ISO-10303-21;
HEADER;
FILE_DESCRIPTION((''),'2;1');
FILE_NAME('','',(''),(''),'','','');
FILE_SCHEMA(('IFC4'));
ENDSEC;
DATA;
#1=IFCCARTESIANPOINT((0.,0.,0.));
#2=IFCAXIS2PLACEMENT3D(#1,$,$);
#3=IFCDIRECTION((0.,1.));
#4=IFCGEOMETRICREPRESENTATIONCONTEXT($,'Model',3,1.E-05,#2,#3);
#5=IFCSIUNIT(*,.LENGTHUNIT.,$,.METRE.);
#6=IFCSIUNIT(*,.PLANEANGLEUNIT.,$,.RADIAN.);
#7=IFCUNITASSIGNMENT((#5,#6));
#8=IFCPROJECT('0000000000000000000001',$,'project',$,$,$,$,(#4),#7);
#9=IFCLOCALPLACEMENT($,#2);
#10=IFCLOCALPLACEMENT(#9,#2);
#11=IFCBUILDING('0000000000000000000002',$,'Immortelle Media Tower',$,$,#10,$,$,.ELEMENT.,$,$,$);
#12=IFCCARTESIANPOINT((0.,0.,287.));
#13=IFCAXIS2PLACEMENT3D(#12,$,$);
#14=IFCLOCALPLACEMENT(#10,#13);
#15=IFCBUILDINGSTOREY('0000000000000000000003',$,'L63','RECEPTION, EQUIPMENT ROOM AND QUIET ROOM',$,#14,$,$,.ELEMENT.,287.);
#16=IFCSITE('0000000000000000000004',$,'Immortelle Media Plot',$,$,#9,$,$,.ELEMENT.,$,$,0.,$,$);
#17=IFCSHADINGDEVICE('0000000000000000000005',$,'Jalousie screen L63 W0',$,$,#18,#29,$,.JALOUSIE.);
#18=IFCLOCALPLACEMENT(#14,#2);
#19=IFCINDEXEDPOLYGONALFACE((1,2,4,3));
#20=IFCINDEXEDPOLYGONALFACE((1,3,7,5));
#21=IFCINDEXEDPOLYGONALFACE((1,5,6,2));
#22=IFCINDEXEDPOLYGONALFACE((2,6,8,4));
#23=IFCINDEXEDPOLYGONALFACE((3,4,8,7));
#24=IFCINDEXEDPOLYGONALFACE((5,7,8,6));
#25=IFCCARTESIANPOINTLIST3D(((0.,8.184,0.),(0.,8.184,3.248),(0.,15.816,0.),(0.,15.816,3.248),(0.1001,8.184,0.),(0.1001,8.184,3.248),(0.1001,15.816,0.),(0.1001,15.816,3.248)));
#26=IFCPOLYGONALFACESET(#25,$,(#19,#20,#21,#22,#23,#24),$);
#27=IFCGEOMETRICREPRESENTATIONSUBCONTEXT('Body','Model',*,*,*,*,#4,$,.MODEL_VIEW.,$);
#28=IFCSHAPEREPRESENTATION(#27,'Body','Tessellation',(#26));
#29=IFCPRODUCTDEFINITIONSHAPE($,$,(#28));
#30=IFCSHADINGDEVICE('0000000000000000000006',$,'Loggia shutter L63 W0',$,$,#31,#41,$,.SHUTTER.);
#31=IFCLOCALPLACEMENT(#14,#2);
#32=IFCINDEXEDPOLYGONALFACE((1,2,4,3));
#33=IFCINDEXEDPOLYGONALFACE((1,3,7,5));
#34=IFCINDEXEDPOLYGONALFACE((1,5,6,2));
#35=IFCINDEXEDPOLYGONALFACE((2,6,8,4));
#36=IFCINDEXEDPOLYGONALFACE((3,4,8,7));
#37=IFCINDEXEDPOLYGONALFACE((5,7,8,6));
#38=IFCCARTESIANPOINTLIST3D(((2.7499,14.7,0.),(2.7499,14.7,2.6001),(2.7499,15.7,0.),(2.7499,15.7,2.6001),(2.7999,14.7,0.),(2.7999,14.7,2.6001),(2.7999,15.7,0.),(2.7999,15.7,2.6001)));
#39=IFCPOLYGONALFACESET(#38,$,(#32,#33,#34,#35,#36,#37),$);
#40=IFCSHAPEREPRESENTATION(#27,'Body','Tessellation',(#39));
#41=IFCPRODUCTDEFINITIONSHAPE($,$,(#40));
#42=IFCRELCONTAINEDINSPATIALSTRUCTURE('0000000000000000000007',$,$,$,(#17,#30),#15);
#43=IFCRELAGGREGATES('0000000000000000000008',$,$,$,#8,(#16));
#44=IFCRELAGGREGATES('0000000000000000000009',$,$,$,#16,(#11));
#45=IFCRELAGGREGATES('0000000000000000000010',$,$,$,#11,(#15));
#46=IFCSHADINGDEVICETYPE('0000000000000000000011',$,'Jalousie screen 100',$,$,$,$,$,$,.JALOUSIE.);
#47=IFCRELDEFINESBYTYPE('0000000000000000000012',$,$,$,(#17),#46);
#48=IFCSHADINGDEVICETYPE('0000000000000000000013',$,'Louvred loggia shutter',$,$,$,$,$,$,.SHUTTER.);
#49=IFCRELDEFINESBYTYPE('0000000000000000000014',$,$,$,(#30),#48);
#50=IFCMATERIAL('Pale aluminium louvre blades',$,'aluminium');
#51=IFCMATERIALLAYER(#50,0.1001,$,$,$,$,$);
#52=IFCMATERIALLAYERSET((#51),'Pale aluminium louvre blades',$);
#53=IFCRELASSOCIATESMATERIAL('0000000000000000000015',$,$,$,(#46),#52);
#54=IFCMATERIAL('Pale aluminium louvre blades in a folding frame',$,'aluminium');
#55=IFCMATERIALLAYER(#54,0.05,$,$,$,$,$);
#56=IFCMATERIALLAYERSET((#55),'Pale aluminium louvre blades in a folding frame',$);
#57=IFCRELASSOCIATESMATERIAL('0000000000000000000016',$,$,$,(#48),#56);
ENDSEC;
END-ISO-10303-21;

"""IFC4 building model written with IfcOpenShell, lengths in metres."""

from ifc_helpers import new_model, si_unit, direction, frame, origin, origin_2d, place, context, subcontext, project, spatial, rectangle, extrude, material, layer, layer_set, type_object, element, save


model = new_model("IFC4")

# Units and contexts
model_context = context("Model", 3, precision=1e-05, world=origin(), true_north=direction((0.0, 1.0)))
body_context = subcontext(model_context, "Body", "Model", "MODEL_VIEW")
ifc_project = project(units=[si_unit("LENGTHUNIT", "METRE"), si_unit("PLANEANGLEUNIT", "RADIAN")], contexts=[model_context])

# Site, building, storey
site_placement = place(None, origin())
site = spatial("IfcSite", under=ifc_project, at=site_placement, Name="Immortelle Media Plot", CompositionType="ELEMENT", RefElevation=0.0)
building_placement = place(site_placement, origin())
building = spatial("IfcBuilding", under=site, at=building_placement, Name="Immortelle Media Tower", CompositionType="ELEMENT")
storey_placement = place(building_placement, frame((0.0, 0.0, 287.0)))
storey = spatial("IfcBuildingStorey", under=building, at=storey_placement, Name="L63", Description="RECEPTION, EQUIPMENT ROOM AND QUIET ROOM", CompositionType="ELEMENT", Elevation=287.0)

# Shading devices
ifc_material_1 = material(Name="Pale aluminium louvre blades", Category="aluminium")
ifc_layer_1 = layer(ifc_material_1, 0.1001)
ifc_layer_set_1 = layer_set([ifc_layer_1], Name="Pale aluminium louvre blades")
shading_device_type_1 = type_object("IfcShadingDeviceType", Name="Jalousie screen 100", PredefinedType="JALOUSIE", material=ifc_layer_set_1)
shading_device_1_placement = place(storey_placement, frame((0.05, 12.0, 0.0), z_axis=(0.0, 0.0, 1.0), x_axis=(0.0, -1.0, 0.0)))
element("IfcShadingDevice", 1, at=shading_device_1_placement, inside=storey, type_object=shading_device_type_1, Name="Jalousie screen L63 W0", PredefinedType="JALOUSIE", context=body_context, shape_type="SweptSolid", body=[
    extrude(rectangle(XDim=7.6321, YDim=0.1001, at=origin_2d()), origin(), (0.0, 0.0, 1.0), 3.248),
])
ifc_material_2 = material(Name="Pale aluminium louvre blades in a folding frame", Category="aluminium")
ifc_layer_2 = layer(ifc_material_2, 0.05)
ifc_layer_set_2 = layer_set([ifc_layer_2], Name="Pale aluminium louvre blades in a folding frame")
shading_device_type_2 = type_object("IfcShadingDeviceType", Name="Louvred loggia shutter", PredefinedType="SHUTTER", material=ifc_layer_set_2)
shading_device_2_placement = place(storey_placement, frame((2.7749, 15.2, 0.0), z_axis=(0.0, 0.0, 1.0), x_axis=(0.0, -1.0, 0.0)))
element("IfcShadingDevice", 2, at=shading_device_2_placement, inside=storey, type_object=shading_device_type_2, Name="Loggia shutter L63 W0", PredefinedType="SHUTTER", context=body_context, shape_type="SweptSolid", body=[
    extrude(rectangle(XDim=1.0, YDim=0.05, at=origin_2d()), origin(), (0.0, 0.0, 1.0), 2.6001),
])

save(model, "model.ifc")
